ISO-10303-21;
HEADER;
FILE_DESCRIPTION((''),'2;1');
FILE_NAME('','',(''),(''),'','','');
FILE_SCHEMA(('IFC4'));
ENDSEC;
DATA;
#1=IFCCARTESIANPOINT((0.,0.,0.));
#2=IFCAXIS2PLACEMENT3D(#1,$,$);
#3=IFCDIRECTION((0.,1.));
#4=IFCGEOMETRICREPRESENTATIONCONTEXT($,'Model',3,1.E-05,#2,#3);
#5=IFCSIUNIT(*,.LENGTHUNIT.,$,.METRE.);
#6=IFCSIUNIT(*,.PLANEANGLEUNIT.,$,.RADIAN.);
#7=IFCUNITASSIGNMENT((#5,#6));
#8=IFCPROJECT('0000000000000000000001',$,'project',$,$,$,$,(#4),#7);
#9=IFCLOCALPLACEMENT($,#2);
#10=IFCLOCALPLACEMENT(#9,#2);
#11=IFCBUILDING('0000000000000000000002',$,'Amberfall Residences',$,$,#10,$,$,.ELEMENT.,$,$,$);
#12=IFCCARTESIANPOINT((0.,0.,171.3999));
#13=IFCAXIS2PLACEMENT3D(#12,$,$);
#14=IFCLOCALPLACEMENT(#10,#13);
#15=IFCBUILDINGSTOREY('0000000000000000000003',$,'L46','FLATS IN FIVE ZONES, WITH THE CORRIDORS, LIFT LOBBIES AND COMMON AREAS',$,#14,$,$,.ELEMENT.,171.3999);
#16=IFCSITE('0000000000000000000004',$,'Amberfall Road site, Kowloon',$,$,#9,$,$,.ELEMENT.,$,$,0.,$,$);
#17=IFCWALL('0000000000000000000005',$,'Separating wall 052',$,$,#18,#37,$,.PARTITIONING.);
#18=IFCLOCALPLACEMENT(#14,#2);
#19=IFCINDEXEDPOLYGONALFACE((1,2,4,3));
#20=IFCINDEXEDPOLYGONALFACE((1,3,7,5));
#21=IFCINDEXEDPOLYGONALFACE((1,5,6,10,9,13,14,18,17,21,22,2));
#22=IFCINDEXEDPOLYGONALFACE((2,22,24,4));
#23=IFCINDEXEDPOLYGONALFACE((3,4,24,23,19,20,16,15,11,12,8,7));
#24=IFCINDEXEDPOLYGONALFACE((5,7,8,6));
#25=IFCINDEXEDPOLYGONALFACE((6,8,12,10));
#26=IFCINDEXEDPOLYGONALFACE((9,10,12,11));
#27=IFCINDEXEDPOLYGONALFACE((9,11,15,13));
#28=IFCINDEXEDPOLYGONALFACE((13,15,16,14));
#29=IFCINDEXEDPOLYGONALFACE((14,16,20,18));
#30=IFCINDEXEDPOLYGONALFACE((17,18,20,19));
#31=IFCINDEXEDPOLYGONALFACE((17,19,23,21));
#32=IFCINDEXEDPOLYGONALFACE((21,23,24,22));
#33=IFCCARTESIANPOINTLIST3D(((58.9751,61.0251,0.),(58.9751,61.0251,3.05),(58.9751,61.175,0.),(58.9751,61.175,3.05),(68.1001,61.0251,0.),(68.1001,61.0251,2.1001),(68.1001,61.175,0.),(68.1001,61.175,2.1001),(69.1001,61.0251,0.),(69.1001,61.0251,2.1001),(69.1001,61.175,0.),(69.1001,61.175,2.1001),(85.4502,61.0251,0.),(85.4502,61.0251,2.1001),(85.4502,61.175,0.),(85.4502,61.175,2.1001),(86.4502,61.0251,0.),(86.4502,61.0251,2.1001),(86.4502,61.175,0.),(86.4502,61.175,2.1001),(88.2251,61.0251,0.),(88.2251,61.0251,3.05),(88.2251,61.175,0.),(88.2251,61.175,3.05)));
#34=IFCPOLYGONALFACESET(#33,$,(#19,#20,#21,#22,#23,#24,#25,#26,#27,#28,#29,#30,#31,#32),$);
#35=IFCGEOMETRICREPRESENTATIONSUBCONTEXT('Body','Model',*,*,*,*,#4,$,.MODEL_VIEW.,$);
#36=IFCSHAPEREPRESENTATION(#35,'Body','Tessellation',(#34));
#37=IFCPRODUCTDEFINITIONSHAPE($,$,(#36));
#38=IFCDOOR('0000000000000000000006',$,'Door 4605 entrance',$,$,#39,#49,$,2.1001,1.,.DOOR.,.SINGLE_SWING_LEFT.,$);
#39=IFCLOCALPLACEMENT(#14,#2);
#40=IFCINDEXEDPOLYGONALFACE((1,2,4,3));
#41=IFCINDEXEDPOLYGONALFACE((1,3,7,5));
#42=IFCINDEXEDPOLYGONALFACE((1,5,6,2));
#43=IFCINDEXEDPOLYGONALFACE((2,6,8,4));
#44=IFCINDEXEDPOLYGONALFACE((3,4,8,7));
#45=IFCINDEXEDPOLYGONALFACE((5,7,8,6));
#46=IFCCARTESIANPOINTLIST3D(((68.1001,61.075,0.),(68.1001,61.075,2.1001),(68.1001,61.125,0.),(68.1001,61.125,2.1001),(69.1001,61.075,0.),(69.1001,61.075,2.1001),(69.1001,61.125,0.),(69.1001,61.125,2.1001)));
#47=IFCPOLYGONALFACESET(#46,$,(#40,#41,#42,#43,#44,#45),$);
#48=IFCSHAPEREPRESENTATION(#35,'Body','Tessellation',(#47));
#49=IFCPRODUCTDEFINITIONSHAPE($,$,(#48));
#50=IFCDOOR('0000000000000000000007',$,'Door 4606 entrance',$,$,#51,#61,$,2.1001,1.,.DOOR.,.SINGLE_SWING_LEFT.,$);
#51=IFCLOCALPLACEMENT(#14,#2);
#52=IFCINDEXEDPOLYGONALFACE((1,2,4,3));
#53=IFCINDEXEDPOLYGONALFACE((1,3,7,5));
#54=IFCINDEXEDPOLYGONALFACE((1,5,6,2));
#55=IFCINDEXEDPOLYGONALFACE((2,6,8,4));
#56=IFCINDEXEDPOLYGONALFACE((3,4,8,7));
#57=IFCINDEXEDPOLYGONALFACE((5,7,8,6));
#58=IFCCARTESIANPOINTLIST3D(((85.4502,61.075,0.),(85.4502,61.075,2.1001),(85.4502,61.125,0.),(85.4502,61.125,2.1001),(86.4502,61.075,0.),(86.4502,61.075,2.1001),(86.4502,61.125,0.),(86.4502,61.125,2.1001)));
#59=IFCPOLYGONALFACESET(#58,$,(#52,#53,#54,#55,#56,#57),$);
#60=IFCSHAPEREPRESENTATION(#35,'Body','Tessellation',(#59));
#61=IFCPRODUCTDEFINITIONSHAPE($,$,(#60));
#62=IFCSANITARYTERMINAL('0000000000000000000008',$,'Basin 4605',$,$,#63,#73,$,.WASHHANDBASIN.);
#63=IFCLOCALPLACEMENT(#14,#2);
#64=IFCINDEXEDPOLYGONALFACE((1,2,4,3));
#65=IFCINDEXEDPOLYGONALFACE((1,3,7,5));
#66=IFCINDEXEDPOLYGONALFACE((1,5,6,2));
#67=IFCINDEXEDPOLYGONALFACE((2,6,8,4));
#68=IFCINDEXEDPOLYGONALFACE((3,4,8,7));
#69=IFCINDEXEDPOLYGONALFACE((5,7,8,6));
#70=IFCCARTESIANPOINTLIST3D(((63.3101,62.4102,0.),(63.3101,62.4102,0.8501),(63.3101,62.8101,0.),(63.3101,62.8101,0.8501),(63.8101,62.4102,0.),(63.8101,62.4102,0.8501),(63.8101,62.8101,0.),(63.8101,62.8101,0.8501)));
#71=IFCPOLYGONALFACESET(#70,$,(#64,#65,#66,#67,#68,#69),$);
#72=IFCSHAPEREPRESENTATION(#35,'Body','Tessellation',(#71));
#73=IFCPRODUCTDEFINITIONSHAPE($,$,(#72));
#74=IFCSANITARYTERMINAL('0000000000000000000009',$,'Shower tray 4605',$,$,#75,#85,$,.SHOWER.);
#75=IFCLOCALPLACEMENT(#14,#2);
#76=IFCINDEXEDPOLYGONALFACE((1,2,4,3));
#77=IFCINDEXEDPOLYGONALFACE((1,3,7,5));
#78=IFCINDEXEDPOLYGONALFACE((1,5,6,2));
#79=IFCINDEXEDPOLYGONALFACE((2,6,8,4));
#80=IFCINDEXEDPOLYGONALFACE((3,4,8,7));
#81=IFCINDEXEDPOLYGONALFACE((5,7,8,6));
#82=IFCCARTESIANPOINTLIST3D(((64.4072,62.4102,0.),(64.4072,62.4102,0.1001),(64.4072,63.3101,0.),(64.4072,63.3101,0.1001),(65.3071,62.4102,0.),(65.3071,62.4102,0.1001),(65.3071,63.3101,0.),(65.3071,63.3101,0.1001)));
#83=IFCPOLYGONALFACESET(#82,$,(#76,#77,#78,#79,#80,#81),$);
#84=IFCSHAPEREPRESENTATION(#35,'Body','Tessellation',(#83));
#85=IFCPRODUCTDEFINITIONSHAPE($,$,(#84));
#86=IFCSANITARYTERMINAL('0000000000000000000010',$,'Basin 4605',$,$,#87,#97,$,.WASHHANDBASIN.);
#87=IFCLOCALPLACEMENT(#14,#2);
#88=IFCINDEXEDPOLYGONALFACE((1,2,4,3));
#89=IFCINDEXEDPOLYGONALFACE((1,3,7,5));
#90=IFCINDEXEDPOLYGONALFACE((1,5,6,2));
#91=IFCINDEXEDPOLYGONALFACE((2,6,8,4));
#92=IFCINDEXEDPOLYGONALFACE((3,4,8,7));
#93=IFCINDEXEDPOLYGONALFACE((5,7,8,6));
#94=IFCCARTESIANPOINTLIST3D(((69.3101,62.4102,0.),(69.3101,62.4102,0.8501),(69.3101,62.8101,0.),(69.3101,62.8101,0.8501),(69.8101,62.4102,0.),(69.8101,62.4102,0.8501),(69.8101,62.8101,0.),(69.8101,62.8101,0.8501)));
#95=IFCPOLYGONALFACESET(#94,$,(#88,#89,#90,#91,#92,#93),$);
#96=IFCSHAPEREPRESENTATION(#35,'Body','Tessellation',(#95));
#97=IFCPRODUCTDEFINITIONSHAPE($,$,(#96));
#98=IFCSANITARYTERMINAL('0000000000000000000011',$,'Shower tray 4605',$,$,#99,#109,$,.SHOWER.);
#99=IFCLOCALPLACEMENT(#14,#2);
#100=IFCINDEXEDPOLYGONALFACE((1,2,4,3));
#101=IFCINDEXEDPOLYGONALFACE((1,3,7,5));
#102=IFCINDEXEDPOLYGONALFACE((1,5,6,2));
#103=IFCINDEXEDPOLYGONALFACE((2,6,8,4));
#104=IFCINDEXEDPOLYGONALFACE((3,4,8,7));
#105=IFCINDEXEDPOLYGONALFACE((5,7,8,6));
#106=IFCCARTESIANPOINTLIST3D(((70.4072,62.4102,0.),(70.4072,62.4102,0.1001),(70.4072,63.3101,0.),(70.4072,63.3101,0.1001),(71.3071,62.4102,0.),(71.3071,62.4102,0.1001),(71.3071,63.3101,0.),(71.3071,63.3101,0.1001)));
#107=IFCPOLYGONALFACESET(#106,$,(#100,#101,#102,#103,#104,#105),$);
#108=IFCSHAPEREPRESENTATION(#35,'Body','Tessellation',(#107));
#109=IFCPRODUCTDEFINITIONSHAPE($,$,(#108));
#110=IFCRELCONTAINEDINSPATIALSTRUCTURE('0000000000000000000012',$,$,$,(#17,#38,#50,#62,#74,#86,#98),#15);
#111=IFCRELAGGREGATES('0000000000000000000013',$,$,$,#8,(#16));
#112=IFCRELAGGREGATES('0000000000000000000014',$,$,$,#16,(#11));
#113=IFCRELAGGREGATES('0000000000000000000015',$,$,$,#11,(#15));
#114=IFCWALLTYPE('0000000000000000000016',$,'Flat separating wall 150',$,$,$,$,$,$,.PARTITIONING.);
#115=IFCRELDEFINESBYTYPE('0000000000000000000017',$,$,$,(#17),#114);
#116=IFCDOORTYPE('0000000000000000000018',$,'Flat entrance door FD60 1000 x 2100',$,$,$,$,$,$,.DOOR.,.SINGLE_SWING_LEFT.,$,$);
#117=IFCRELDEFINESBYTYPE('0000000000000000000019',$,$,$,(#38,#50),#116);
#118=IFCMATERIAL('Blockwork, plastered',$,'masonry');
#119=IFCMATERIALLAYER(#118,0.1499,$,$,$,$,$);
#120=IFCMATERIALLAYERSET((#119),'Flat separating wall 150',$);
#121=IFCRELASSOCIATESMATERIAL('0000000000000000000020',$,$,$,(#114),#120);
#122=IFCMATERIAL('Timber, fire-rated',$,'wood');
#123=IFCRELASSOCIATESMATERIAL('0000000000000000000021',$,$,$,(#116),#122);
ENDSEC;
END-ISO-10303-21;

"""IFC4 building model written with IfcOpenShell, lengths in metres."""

from ifc_helpers import new_model, si_unit, direction, frame, frame_2d, origin, origin_2d, place, context, subcontext, project, spatial, rectangle, extrude, material, layer, layer_set, type_object, element, fill, save


model = new_model("IFC4")

# Units and contexts
model_context = context("Model", 3, precision=1e-05, world=origin(), true_north=direction((0.0, 1.0)))
body_context = subcontext(model_context, "Body", "Model", "MODEL_VIEW")
ifc_project = project(units=[si_unit("LENGTHUNIT", "METRE"), si_unit("PLANEANGLEUNIT", "RADIAN")], contexts=[model_context])

# Site, building, storey
site_placement = place(None, origin())
site = spatial("IfcSite", under=ifc_project, at=site_placement, Name="Amberfall Road site, Kowloon", CompositionType="ELEMENT", RefElevation=0.0)
building_placement = place(site_placement, origin())
building = spatial("IfcBuilding", under=site, at=building_placement, Name="Amberfall Residences", CompositionType="ELEMENT")
storey_placement = place(building_placement, frame((0.0, 0.0, 171.3999)))
storey = spatial("IfcBuildingStorey", under=building, at=storey_placement, Name="L46", Description="FLATS IN FIVE ZONES, WITH THE CORRIDORS, LIFT LOBBIES AND COMMON AREAS", CompositionType="ELEMENT", Elevation=171.3999)

# Shared definitions
ifc_material_1 = material(Name="Blockwork, plastered", Category="masonry")
ifc_layer_1 = layer(ifc_material_1, 0.1499)
ifc_layer_set_1 = layer_set([ifc_layer_1], Name="Flat separating wall 150")
wall_type_1 = type_object("IfcWallType", Name="Flat separating wall 150", PredefinedType="PARTITIONING", material=ifc_layer_set_1)

# Wall, openings, doors
wall_1_placement = place(storey_placement, frame((58.9751, 61.1001, 0.0), z_axis=(0.0, 0.0, 1.0), x_axis=(1.0, 0.0, 0.0)))
wall_1 = element("IfcWall", 1, at=wall_1_placement, inside=storey, type_object=wall_type_1, Name="Separating wall 052", PredefinedType="PARTITIONING", context=body_context, shape_type="SweptSolid", body=[
    extrude(rectangle(XDim=29.25, YDim=0.1499, at=frame_2d((14.625, 0.0))), origin(), (0.0, 0.0, 1.0), 3.05),
])
opening_1_placement = place(wall_1_placement, frame((9.125, 0.0, 0.0)))
opening_1 = element("IfcOpeningElement", 2, at=opening_1_placement, cuts=wall_1, PredefinedType="OPENING", context=body_context, shape_type="SweptSolid", body=[
    extrude(rectangle(XDim=1.0, YDim=2.1001, at=frame_2d((0.5, 1.05))), frame((0.0, 0.085, 0.0), z_axis=(0.0, -1.0, 0.0), x_axis=(1.0, 0.0, 0.0)), (0.0, 0.0, 1.0), 0.1699),
])
opening_2_placement = place(wall_1_placement, frame((26.4751, 0.0, 0.0)))
opening_2 = element("IfcOpeningElement", 3, at=opening_2_placement, cuts=wall_1, PredefinedType="OPENING", context=body_context, shape_type="SweptSolid", body=[
    extrude(rectangle(XDim=1.0, YDim=2.1001, at=frame_2d((0.5, 1.05))), frame((0.0, 0.085, 0.0), z_axis=(0.0, -1.0, 0.0), x_axis=(1.0, 0.0, 0.0)), (0.0, 0.0, 1.0), 0.1699),
])
ifc_material_2 = material(Name="Timber, fire-rated", Category="wood")
door_type_1 = type_object("IfcDoorType", Name="Flat entrance door FD60 1000 x 2100", OperationType="SINGLE_SWING_LEFT", PredefinedType="DOOR", material=ifc_material_2)
door_1_placement = place(opening_1_placement, origin())
door_1 = element("IfcDoor", 4, at=door_1_placement, inside=storey, type_object=door_type_1, Name="Door 4605 entrance", OperationType="SINGLE_SWING_LEFT", OverallHeight=2.1001, OverallWidth=1.0, PredefinedType="DOOR", context=body_context, shape_type="SweptSolid", body=[
    extrude(rectangle(XDim=1.0, YDim=2.1001, at=frame_2d((0.5, 1.05))), frame((0.0, 0.0249, 0.0), z_axis=(0.0, -1.0, 0.0), x_axis=(1.0, 0.0, 0.0)), (0.0, 0.0, 1.0), 0.05),
])
fill(opening_1, door_1)
door_2_placement = place(opening_2_placement, origin())
door_2 = element("IfcDoor", 5, at=door_2_placement, inside=storey, type_object=door_type_1, Name="Door 4606 entrance", OperationType="SINGLE_SWING_LEFT", OverallHeight=2.1001, OverallWidth=1.0, PredefinedType="DOOR", context=body_context, shape_type="SweptSolid", body=[
    extrude(rectangle(XDim=1.0, YDim=2.1001, at=frame_2d((0.5, 1.05))), frame((0.0, 0.0249, 0.0), z_axis=(0.0, -1.0, 0.0), x_axis=(1.0, 0.0, 0.0)), (0.0, 0.0, 1.0), 0.05),
])
fill(opening_2, door_2)

# Sanitary terminals
sanitary_terminal_1_placement = place(storey_placement, frame((63.5601, 62.6101, 0.0), z_axis=(0.0, 0.0, 1.0), x_axis=(1.0, 0.0, 0.0)))
element("IfcSanitaryTerminal", 6, at=sanitary_terminal_1_placement, inside=storey, Name="Basin 4605", PredefinedType="WASHHANDBASIN", context=body_context, shape_type="SweptSolid", body=[
    extrude(rectangle(XDim=0.5, YDim=0.3999, at=origin_2d()), origin(), (0.0, 0.0, 1.0), 0.8501),
])
sanitary_terminal_2_placement = place(storey_placement, frame((64.8572, 62.8601, 0.0), z_axis=(0.0, 0.0, 1.0), x_axis=(1.0, 0.0, 0.0)))
element("IfcSanitaryTerminal", 7, at=sanitary_terminal_2_placement, inside=storey, Name="Shower tray 4605", PredefinedType="SHOWER", context=body_context, shape_type="SweptSolid", body=[
    extrude(rectangle(XDim=0.8999, YDim=0.8999, at=origin_2d()), origin(), (0.0, 0.0, 1.0), 0.1001),
])
sanitary_terminal_3_placement = place(storey_placement, frame((69.5601, 62.6101, 0.0), z_axis=(0.0, 0.0, 1.0), x_axis=(1.0, 0.0, 0.0)))
element("IfcSanitaryTerminal", 8, at=sanitary_terminal_3_placement, inside=storey, Name="Basin 4605", PredefinedType="WASHHANDBASIN", context=body_context, shape_type="SweptSolid", body=[
    extrude(rectangle(XDim=0.5, YDim=0.3999, at=origin_2d()), origin(), (0.0, 0.0, 1.0), 0.8501),
])
sanitary_terminal_4_placement = place(storey_placement, frame((70.8572, 62.8601, 0.0), z_axis=(0.0, 0.0, 1.0), x_axis=(1.0, 0.0, 0.0)))
element("IfcSanitaryTerminal", 9, at=sanitary_terminal_4_placement, inside=storey, Name="Shower tray 4605", PredefinedType="SHOWER", context=body_context, shape_type="SweptSolid", body=[
    extrude(rectangle(XDim=0.8999, YDim=0.8999, at=origin_2d()), origin(), (0.0, 0.0, 1.0), 0.1001),
])

save(model, "model.ifc")
